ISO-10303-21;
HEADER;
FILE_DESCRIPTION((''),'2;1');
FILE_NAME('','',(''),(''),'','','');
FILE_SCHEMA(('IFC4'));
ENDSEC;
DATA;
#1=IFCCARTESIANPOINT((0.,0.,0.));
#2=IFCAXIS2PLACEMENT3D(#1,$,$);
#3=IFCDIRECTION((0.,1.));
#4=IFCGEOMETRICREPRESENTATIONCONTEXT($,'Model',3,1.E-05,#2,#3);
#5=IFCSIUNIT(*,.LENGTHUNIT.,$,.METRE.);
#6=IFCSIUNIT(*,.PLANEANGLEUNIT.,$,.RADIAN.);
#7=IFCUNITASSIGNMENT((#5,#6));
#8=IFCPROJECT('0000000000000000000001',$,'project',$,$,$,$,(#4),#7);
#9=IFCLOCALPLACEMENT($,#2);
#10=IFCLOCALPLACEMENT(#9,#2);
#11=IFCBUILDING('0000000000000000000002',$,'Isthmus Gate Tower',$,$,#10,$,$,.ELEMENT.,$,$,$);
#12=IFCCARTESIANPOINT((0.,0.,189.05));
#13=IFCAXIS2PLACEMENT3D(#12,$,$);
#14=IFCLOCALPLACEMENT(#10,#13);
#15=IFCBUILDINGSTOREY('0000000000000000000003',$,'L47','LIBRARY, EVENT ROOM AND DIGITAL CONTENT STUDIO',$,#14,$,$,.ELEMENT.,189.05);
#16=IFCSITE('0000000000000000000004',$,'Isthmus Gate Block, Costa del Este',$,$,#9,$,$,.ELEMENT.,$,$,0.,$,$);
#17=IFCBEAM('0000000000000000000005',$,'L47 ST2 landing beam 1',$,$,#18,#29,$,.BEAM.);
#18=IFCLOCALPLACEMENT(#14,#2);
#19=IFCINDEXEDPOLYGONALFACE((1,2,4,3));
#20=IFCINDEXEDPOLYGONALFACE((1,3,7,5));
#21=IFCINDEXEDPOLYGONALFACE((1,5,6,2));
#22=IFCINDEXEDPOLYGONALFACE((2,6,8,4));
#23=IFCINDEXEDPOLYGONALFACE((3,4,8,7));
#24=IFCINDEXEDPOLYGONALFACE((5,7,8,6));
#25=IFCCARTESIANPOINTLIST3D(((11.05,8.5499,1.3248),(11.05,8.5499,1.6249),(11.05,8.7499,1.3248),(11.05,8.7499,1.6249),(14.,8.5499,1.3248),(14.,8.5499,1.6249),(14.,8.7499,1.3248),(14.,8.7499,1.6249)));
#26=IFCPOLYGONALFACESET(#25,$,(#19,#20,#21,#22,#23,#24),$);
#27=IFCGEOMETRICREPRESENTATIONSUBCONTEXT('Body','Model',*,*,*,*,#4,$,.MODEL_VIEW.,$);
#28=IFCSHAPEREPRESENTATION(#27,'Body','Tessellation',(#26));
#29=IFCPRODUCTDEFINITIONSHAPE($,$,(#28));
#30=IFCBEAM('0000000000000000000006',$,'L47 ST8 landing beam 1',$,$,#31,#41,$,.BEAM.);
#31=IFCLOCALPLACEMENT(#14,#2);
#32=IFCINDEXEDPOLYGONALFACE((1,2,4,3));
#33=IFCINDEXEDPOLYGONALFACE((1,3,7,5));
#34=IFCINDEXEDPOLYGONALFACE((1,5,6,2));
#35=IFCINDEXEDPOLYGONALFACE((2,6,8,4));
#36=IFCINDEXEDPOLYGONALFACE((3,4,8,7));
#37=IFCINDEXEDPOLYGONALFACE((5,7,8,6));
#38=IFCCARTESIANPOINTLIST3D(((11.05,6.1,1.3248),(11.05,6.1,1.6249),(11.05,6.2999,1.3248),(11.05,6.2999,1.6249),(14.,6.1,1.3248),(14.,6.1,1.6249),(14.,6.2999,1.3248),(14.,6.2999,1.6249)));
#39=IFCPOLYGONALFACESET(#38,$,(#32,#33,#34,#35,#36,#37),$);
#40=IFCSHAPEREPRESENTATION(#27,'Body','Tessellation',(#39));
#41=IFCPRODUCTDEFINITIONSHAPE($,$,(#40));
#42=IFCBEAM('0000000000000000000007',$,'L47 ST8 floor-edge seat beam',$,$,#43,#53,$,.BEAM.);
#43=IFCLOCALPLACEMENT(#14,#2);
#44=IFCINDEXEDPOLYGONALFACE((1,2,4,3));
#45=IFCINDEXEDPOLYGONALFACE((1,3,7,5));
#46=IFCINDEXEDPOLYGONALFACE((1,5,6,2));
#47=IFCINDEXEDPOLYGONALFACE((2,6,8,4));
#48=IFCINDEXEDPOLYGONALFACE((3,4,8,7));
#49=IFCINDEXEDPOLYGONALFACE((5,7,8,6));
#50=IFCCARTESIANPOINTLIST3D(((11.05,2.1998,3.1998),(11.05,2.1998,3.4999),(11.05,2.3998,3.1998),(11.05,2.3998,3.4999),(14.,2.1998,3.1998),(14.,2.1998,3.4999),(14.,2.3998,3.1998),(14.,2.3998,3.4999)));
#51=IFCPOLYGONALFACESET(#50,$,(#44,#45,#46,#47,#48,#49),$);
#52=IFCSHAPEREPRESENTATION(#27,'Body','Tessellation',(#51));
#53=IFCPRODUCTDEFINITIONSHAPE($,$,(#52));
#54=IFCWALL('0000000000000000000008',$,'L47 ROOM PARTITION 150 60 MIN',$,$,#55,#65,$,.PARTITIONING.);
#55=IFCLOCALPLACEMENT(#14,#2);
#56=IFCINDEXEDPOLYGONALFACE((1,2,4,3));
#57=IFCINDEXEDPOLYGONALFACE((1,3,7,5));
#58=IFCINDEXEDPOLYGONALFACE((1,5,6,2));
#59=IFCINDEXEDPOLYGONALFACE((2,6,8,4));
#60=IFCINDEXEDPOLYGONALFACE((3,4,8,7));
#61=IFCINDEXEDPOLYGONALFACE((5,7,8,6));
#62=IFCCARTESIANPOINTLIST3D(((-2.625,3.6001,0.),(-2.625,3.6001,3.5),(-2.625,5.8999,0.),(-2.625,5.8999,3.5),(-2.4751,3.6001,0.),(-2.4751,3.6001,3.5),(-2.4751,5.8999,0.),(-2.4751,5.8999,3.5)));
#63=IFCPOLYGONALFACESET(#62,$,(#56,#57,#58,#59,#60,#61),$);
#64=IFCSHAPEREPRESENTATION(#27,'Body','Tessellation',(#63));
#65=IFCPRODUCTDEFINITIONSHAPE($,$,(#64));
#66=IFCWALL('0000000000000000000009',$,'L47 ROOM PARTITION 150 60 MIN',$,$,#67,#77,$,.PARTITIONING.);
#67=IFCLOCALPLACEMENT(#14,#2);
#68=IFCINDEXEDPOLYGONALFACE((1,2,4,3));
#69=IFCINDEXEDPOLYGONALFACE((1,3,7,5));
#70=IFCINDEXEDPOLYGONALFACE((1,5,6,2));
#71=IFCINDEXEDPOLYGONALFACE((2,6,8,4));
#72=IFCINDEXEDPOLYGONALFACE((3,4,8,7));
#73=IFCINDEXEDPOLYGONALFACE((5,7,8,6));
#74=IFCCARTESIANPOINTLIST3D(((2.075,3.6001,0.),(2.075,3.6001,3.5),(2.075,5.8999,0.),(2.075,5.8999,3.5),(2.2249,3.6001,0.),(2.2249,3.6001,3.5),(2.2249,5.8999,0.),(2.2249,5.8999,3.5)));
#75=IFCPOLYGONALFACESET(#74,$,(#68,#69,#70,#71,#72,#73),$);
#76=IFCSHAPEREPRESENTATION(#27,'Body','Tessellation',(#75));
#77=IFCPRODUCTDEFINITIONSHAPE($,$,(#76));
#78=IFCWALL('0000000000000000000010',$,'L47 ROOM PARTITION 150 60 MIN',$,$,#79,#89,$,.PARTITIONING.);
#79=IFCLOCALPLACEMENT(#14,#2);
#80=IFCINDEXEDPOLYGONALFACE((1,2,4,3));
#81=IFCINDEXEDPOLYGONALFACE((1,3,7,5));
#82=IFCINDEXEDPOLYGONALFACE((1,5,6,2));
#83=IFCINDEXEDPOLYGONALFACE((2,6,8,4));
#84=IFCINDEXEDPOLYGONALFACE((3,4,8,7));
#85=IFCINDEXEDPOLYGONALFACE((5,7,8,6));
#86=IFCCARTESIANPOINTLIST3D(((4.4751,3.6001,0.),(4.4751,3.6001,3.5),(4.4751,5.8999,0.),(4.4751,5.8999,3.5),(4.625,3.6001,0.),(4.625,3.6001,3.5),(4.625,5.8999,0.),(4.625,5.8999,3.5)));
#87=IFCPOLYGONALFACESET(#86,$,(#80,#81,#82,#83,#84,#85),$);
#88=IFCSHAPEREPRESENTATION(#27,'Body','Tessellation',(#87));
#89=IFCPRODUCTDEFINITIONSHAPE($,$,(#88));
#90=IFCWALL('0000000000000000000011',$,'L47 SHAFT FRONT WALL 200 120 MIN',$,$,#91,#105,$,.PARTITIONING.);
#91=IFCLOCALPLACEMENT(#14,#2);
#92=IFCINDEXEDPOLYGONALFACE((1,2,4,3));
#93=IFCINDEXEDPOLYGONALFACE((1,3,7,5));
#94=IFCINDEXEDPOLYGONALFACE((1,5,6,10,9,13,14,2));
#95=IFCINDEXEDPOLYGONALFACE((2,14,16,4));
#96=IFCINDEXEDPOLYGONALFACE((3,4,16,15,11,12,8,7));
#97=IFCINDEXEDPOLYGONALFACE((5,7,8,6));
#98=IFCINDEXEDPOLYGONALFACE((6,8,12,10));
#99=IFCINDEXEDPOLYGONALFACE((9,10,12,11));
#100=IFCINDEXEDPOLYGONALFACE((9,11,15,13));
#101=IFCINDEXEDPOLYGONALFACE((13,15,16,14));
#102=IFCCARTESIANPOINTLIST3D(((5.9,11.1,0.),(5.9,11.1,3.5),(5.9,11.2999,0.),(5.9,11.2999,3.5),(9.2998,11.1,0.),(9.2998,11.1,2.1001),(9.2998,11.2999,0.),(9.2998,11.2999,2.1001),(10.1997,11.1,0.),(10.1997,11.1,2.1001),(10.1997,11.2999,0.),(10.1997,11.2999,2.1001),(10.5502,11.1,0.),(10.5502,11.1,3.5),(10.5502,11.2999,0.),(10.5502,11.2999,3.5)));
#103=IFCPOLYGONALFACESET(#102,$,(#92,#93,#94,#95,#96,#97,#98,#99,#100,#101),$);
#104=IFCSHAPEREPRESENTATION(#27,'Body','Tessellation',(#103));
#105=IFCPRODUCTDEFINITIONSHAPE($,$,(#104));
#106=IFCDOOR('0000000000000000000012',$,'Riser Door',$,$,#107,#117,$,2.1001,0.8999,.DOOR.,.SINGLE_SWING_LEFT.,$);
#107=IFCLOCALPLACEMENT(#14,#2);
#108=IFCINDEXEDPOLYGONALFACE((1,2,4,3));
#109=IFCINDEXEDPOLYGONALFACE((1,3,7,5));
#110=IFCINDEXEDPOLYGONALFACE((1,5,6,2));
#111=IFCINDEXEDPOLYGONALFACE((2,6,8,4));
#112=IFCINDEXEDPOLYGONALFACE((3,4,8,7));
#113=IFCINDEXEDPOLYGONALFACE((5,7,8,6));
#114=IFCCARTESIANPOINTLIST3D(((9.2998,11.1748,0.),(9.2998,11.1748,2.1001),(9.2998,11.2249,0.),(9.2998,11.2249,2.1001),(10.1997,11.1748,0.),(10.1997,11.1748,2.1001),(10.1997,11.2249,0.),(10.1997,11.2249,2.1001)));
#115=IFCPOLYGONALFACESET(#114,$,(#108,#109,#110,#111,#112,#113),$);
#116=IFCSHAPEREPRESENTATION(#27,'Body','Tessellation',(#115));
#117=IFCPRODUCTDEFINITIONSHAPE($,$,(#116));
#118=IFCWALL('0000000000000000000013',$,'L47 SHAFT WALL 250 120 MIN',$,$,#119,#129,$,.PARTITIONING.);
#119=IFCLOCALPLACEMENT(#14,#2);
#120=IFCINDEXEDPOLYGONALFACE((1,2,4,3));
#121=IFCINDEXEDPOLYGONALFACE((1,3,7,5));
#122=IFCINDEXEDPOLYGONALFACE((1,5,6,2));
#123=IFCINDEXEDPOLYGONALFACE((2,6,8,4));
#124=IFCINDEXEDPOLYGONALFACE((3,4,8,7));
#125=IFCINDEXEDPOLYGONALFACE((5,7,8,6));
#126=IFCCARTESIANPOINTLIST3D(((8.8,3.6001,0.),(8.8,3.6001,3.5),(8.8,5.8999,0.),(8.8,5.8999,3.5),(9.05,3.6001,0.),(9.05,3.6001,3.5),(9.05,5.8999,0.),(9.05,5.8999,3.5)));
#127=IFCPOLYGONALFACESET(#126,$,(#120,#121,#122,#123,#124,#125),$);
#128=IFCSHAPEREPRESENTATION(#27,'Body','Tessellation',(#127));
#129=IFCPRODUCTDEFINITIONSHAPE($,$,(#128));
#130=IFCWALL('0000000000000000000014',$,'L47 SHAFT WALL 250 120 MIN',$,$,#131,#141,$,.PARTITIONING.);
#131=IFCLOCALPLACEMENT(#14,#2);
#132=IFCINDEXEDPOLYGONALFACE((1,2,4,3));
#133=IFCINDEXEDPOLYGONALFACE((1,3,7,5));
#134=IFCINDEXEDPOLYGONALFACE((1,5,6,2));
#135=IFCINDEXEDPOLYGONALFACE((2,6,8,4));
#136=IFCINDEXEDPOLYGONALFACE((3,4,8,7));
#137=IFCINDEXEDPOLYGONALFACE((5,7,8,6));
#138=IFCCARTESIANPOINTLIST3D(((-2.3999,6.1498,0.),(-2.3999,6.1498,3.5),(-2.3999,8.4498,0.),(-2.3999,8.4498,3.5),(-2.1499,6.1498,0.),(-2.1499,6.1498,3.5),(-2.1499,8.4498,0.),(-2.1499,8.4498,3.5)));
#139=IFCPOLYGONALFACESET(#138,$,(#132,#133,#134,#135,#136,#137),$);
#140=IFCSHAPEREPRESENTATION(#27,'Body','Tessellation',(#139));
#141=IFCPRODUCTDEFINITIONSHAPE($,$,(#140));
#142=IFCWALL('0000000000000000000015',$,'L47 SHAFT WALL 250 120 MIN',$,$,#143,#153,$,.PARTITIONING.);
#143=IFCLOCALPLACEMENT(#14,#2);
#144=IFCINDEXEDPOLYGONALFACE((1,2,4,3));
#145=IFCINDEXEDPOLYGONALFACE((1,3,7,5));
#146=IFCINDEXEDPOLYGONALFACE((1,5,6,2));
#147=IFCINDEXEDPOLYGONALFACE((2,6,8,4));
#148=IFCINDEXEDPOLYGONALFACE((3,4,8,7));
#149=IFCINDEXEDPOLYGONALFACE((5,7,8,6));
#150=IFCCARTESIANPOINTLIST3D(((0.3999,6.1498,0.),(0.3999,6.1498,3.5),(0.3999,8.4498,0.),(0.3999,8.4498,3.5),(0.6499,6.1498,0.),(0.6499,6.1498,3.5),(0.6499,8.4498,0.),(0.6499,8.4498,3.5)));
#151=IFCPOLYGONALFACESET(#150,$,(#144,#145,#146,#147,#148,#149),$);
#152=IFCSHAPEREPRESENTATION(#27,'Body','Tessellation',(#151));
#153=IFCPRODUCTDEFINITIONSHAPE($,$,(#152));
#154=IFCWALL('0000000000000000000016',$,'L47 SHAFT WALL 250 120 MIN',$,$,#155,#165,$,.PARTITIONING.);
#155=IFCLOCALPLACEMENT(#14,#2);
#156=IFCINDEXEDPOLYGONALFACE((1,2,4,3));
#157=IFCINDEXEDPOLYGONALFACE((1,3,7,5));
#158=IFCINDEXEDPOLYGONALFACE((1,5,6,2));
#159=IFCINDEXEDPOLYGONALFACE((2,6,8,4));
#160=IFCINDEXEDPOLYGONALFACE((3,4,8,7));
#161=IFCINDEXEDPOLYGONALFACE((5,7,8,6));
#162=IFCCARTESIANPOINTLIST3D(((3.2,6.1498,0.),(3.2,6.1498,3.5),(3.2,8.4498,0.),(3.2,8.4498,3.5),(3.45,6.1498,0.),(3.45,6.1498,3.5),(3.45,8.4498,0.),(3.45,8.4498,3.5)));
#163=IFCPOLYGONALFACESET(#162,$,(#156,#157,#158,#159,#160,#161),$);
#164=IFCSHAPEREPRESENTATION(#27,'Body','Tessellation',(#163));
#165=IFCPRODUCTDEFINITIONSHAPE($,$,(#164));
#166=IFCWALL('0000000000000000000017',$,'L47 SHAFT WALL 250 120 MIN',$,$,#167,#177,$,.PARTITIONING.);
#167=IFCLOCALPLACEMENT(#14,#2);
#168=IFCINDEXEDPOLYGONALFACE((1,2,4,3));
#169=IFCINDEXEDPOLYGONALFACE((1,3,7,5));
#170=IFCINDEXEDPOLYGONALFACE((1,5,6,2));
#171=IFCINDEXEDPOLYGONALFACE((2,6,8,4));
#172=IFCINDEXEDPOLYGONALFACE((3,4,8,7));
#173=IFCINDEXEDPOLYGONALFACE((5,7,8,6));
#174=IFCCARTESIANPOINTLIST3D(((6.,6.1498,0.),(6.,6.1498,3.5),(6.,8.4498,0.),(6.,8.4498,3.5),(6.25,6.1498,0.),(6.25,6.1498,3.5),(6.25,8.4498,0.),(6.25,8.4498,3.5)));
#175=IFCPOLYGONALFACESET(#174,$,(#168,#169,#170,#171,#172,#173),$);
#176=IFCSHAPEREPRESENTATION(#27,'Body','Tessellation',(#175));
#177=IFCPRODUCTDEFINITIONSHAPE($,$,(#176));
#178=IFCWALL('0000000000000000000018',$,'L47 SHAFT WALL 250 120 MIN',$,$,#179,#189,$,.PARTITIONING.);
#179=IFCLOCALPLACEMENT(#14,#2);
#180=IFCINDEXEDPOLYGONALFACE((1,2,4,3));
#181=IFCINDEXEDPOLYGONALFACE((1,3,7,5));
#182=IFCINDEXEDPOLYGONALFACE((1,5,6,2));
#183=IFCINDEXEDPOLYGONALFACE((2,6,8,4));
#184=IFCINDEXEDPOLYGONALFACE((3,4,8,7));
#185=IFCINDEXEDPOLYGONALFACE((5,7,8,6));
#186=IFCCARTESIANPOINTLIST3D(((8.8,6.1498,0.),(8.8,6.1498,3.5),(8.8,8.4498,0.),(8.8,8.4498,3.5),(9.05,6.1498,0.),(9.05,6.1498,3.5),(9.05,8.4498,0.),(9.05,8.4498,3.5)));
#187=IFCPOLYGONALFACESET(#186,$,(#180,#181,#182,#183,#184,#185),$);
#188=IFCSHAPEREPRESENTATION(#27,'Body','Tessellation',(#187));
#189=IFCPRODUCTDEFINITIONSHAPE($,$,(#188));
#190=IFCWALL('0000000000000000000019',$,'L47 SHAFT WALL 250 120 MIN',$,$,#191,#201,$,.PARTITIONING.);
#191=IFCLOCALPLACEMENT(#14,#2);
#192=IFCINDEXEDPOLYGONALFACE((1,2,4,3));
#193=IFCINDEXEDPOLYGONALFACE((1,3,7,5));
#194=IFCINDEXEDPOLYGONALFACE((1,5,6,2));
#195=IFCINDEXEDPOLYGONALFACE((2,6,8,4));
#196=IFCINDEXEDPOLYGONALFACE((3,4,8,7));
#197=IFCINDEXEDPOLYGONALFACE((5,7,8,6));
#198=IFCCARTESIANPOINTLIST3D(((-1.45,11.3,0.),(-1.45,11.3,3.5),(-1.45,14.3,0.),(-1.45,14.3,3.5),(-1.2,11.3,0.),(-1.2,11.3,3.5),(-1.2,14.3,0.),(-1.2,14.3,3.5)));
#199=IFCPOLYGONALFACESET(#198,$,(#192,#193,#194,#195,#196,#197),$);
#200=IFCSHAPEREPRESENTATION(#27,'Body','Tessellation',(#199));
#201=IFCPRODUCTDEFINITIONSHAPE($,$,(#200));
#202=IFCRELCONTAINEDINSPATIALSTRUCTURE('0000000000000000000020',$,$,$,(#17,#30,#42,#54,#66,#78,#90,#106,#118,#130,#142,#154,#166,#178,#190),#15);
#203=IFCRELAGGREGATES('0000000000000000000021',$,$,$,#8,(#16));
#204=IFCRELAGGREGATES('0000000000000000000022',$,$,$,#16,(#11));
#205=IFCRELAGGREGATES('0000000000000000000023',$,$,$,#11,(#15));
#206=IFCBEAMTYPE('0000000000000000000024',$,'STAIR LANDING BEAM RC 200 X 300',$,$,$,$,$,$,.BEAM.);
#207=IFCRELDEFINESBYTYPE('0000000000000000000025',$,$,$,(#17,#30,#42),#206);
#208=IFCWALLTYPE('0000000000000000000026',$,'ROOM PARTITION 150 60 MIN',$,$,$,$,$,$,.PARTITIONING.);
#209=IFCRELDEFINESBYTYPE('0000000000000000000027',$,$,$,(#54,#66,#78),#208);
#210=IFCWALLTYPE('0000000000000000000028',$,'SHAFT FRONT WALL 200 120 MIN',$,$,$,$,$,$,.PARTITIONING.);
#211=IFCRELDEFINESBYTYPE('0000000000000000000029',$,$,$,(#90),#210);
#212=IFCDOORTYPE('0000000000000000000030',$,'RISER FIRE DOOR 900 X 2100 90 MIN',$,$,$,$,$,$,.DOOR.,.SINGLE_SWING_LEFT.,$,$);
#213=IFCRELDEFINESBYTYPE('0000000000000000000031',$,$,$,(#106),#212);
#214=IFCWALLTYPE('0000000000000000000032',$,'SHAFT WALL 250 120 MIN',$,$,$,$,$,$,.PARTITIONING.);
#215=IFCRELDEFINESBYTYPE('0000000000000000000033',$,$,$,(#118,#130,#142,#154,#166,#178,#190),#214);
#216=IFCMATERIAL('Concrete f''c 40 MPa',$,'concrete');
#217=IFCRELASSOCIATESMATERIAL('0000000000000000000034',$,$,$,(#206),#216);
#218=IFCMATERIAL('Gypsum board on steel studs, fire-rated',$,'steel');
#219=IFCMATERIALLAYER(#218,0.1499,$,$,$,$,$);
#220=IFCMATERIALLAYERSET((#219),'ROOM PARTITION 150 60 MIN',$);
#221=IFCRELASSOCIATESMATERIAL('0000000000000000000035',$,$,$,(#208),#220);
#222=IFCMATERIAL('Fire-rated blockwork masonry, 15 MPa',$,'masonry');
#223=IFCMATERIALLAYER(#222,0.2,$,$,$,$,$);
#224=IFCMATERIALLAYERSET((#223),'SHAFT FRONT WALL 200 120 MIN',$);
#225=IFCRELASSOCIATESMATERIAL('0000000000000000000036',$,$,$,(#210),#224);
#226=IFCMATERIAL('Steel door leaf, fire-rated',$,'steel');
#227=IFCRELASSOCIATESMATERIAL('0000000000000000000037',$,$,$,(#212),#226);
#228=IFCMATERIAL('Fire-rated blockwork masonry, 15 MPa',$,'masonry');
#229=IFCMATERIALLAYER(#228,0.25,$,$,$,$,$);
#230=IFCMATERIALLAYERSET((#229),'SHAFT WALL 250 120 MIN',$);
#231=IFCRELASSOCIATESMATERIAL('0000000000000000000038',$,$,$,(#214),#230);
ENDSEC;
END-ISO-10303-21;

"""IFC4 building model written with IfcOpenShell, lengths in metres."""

from ifc_helpers import new_model, si_unit, direction, frame, frame_2d, origin, origin_2d, place, context, subcontext, project, spatial, rectangle, extrude, material, layer, layer_set, material_profile, profile_set, type_object, element, fill, save


model = new_model("IFC4")

# Units and contexts
model_context = context("Model", 3, precision=1e-05, world=origin(), true_north=direction((0.0, 1.0)))
body_context = subcontext(model_context, "Body", "Model", "MODEL_VIEW")
ifc_project = project(units=[si_unit("LENGTHUNIT", "METRE"), si_unit("PLANEANGLEUNIT", "RADIAN")], contexts=[model_context])

# Site, building, storey
site_placement = place(None, origin())
site = spatial("IfcSite", under=ifc_project, at=site_placement, Name="Isthmus Gate Block, Costa del Este", CompositionType="ELEMENT", RefElevation=0.0)
building_placement = place(site_placement, origin())
building = spatial("IfcBuilding", under=site, at=building_placement, Name="Isthmus Gate Tower", CompositionType="ELEMENT")
storey_placement = place(building_placement, frame((0.0, 0.0, 189.05)))
storey = spatial("IfcBuildingStorey", under=building, at=storey_placement, Name="L47", Description="LIBRARY, EVENT ROOM AND DIGITAL CONTENT STUDIO", CompositionType="ELEMENT", Elevation=189.05)

# Beams
ifc_material_1 = material(Name="Concrete f'c 40 MPa", Category="concrete")
ifc_material_profile = material_profile(ifc_material_1, rectangle(XDim=0.2, YDim=0.3, at=origin_2d()), Name="STAIR LANDING BEAM RC 200 X 300")
ifc_profile_set = profile_set([ifc_material_profile], Name="Concrete f'c 40 MPa")
beam_type = type_object("IfcBeamType", Name="STAIR LANDING BEAM RC 200 X 300", PredefinedType="BEAM", material=ifc_profile_set)
for number, where, z_axis, x_axis, name in (
    (1, (11.05, 8.6499, 1.4749), (1.0, 0.0, 0.0), (0.0, 1.0, 0.0), "L47 ST2 landing beam 1"),
    (2, (11.05, 6.2, 1.4749), (1.0, 0.0, 0.0), (0.0, 1.0, 0.0), "L47 ST8 landing beam 1"),
    (3, (11.05, 2.2998, 3.3499), (1.0, 0.0, 0.0), (0.0, 1.0, 0.0), "L47 ST8 floor-edge seat beam"),
):
    element("IfcBeam", number, at=place(storey_placement, frame(where, z_axis=z_axis, x_axis=x_axis)), inside=storey, type_object=beam_type, Name=name, PredefinedType="BEAM", context=body_context, shape_type="SweptSolid", body=[
        extrude(rectangle(XDim=0.2, YDim=0.3, at=origin_2d()), origin(), (0.0, 0.0, 1.0), 2.95),
    ])

# Walls
ifc_material_2 = material(Name="Gypsum board on steel studs, fire-rated", Category="steel")
ifc_layer_1 = layer(ifc_material_2, 0.1499)
ifc_layer_set_1 = layer_set([ifc_layer_1], Name="ROOM PARTITION 150 60 MIN")
wall_type_1 = type_object("IfcWallType", Name="ROOM PARTITION 150 60 MIN", PredefinedType="PARTITIONING", material=ifc_layer_set_1)
for number, where, z_axis, x_axis, name in (
    (4, (-2.55, 3.6001, 0.0), (0.0, 0.0, 1.0), (0.0, 1.0, 0.0), "L47 ROOM PARTITION 150 60 MIN"),
    (5, (2.1499, 3.6001, 0.0), (0.0, 0.0, 1.0), (0.0, 1.0, 0.0), "L47 ROOM PARTITION 150 60 MIN"),
    (6, (4.55, 3.6001, 0.0), (0.0, 0.0, 1.0), (0.0, 1.0, 0.0), "L47 ROOM PARTITION 150 60 MIN"),
):
    element("IfcWall", number, at=place(storey_placement, frame(where, z_axis=z_axis, x_axis=x_axis)), inside=storey, type_object=wall_type_1, Name=name, PredefinedType="PARTITIONING", context=body_context, shape_type="SweptSolid", body=[
        extrude(rectangle(XDim=2.2998, YDim=0.1499, at=frame_2d((1.1499, 0.0))), origin(), (0.0, 0.0, 1.0), 3.5),
    ])

# Wall, opening, door
ifc_material_3 = material(Name="Fire-rated blockwork masonry, 15 MPa", Category="masonry")
ifc_layer_2 = layer(ifc_material_3, 0.2)
ifc_layer_set_2 = layer_set([ifc_layer_2], Name="SHAFT FRONT WALL 200 120 MIN")
wall_type_2 = type_object("IfcWallType", Name="SHAFT FRONT WALL 200 120 MIN", PredefinedType="PARTITIONING", material=ifc_layer_set_2)
wall_1_placement = place(storey_placement, frame((5.8999, 11.2, 0.0), z_axis=(0.0, 0.0, 1.0), x_axis=(1.0, 0.0, 0.0)))
wall_1 = element("IfcWall", 7, at=wall_1_placement, inside=storey, type_object=wall_type_2, Name="L47 SHAFT FRONT WALL 200 120 MIN", PredefinedType="PARTITIONING", context=body_context, shape_type="SweptSolid", body=[
    extrude(rectangle(XDim=4.6501, YDim=0.2, at=frame_2d((2.3252, 0.0))), origin(), (0.0, 0.0, 1.0), 3.5),
])
opening_placement = place(wall_1_placement, frame((3.3999, 0.0, 0.0)))
opening = element("IfcOpeningElement", 8, at=opening_placement, cuts=wall_1, PredefinedType="OPENING", context=body_context, shape_type="SweptSolid", body=[
    extrude(rectangle(XDim=0.8999, YDim=2.1001, at=frame_2d((0.45, 1.05))), frame((0.0, 0.1099, 0.0), z_axis=(0.0, -1.0, 0.0), x_axis=(1.0, 0.0, 0.0)), (0.0, 0.0, 1.0), 0.22),
])
ifc_material_4 = material(Name="Steel door leaf, fire-rated", Category="steel")
door_type = type_object("IfcDoorType", Name="RISER FIRE DOOR 900 X 2100 90 MIN", OperationType="SINGLE_SWING_LEFT", PredefinedType="DOOR", material=ifc_material_4)
door_placement = place(opening_placement, origin())
door = element("IfcDoor", 9, at=door_placement, inside=storey, type_object=door_type, Name="Riser Door", OperationType="SINGLE_SWING_LEFT", OverallHeight=2.1001, OverallWidth=0.8999, PredefinedType="DOOR", context=body_context, shape_type="SweptSolid", body=[
    extrude(rectangle(XDim=0.8999, YDim=2.1001, at=frame_2d((0.45, 1.05))), frame((0.0, 0.0249, 0.0), z_axis=(0.0, -1.0, 0.0), x_axis=(1.0, 0.0, 0.0)), (0.0, 0.0, 1.0), 0.05),
])
fill(opening, door)

# Walls
ifc_material_5 = material(Name="Fire-rated blockwork masonry, 15 MPa", Category="masonry")
ifc_layer_3 = layer(ifc_material_5, 0.25)
ifc_layer_set_3 = layer_set([ifc_layer_3], Name="SHAFT WALL 250 120 MIN")
wall_type_3 = type_object("IfcWallType", Name="SHAFT WALL 250 120 MIN", PredefinedType="PARTITIONING", material=ifc_layer_set_3)
wall_2_placement = place(storey_placement, frame((8.925, 3.6001, 0.0), z_axis=(0.0, 0.0, 1.0), x_axis=(0.0, 1.0, 0.0)))
element("IfcWall", 10, at=wall_2_placement, inside=storey, type_object=wall_type_3, Name="L47 SHAFT WALL 250 120 MIN", PredefinedType="PARTITIONING", context=body_context, shape_type="SweptSolid", body=[
    extrude(rectangle(XDim=2.2998, YDim=0.25, at=frame_2d((1.1499, 0.0))), origin(), (0.0, 0.0, 1.0), 3.5),
])
for number, where, z_axis, x_axis, name in (
    (11, (-2.2749, 6.1499, 0.0), (0.0, 0.0, 1.0), (0.0, 1.0, 0.0), "L47 SHAFT WALL 250 120 MIN"),
    (12, (0.5249, 6.1499, 0.0), (0.0, 0.0, 1.0), (0.0, 1.0, 0.0), "L47 SHAFT WALL 250 120 MIN"),
    (13, (3.325, 6.1499, 0.0), (0.0, 0.0, 1.0), (0.0, 1.0, 0.0), "L47 SHAFT WALL 250 120 MIN"),
    (14, (6.125, 6.1499, 0.0), (0.0, 0.0, 1.0), (0.0, 1.0, 0.0), "L47 SHAFT WALL 250 120 MIN"),
    (15, (8.925, 6.1499, 0.0), (0.0, 0.0, 1.0), (0.0, 1.0, 0.0), "L47 SHAFT WALL 250 120 MIN"),
):
    element("IfcWall", number, at=place(storey_placement, frame(where, z_axis=z_axis, x_axis=x_axis)), inside=storey, type_object=wall_type_3, Name=name, PredefinedType="PARTITIONING", context=body_context, shape_type="SweptSolid", body=[
        extrude(rectangle(XDim=2.3, YDim=0.25, at=frame_2d((1.1499, 0.0))), origin(), (0.0, 0.0, 1.0), 3.5),
    ])
wall_3_placement = place(storey_placement, frame((-1.325, 11.3, 0.0), z_axis=(0.0, 0.0, 1.0), x_axis=(0.0, 1.0, 0.0)))
element("IfcWall", 16, at=wall_3_placement, inside=storey, type_object=wall_type_3, Name="L47 SHAFT WALL 250 120 MIN", PredefinedType="PARTITIONING", context=body_context, shape_type="SweptSolid", body=[
    extrude(rectangle(XDim=3.0, YDim=0.25, at=frame_2d((1.5, 0.0))), origin(), (0.0, 0.0, 1.0), 3.5),
])

save(model, "model.ifc")
